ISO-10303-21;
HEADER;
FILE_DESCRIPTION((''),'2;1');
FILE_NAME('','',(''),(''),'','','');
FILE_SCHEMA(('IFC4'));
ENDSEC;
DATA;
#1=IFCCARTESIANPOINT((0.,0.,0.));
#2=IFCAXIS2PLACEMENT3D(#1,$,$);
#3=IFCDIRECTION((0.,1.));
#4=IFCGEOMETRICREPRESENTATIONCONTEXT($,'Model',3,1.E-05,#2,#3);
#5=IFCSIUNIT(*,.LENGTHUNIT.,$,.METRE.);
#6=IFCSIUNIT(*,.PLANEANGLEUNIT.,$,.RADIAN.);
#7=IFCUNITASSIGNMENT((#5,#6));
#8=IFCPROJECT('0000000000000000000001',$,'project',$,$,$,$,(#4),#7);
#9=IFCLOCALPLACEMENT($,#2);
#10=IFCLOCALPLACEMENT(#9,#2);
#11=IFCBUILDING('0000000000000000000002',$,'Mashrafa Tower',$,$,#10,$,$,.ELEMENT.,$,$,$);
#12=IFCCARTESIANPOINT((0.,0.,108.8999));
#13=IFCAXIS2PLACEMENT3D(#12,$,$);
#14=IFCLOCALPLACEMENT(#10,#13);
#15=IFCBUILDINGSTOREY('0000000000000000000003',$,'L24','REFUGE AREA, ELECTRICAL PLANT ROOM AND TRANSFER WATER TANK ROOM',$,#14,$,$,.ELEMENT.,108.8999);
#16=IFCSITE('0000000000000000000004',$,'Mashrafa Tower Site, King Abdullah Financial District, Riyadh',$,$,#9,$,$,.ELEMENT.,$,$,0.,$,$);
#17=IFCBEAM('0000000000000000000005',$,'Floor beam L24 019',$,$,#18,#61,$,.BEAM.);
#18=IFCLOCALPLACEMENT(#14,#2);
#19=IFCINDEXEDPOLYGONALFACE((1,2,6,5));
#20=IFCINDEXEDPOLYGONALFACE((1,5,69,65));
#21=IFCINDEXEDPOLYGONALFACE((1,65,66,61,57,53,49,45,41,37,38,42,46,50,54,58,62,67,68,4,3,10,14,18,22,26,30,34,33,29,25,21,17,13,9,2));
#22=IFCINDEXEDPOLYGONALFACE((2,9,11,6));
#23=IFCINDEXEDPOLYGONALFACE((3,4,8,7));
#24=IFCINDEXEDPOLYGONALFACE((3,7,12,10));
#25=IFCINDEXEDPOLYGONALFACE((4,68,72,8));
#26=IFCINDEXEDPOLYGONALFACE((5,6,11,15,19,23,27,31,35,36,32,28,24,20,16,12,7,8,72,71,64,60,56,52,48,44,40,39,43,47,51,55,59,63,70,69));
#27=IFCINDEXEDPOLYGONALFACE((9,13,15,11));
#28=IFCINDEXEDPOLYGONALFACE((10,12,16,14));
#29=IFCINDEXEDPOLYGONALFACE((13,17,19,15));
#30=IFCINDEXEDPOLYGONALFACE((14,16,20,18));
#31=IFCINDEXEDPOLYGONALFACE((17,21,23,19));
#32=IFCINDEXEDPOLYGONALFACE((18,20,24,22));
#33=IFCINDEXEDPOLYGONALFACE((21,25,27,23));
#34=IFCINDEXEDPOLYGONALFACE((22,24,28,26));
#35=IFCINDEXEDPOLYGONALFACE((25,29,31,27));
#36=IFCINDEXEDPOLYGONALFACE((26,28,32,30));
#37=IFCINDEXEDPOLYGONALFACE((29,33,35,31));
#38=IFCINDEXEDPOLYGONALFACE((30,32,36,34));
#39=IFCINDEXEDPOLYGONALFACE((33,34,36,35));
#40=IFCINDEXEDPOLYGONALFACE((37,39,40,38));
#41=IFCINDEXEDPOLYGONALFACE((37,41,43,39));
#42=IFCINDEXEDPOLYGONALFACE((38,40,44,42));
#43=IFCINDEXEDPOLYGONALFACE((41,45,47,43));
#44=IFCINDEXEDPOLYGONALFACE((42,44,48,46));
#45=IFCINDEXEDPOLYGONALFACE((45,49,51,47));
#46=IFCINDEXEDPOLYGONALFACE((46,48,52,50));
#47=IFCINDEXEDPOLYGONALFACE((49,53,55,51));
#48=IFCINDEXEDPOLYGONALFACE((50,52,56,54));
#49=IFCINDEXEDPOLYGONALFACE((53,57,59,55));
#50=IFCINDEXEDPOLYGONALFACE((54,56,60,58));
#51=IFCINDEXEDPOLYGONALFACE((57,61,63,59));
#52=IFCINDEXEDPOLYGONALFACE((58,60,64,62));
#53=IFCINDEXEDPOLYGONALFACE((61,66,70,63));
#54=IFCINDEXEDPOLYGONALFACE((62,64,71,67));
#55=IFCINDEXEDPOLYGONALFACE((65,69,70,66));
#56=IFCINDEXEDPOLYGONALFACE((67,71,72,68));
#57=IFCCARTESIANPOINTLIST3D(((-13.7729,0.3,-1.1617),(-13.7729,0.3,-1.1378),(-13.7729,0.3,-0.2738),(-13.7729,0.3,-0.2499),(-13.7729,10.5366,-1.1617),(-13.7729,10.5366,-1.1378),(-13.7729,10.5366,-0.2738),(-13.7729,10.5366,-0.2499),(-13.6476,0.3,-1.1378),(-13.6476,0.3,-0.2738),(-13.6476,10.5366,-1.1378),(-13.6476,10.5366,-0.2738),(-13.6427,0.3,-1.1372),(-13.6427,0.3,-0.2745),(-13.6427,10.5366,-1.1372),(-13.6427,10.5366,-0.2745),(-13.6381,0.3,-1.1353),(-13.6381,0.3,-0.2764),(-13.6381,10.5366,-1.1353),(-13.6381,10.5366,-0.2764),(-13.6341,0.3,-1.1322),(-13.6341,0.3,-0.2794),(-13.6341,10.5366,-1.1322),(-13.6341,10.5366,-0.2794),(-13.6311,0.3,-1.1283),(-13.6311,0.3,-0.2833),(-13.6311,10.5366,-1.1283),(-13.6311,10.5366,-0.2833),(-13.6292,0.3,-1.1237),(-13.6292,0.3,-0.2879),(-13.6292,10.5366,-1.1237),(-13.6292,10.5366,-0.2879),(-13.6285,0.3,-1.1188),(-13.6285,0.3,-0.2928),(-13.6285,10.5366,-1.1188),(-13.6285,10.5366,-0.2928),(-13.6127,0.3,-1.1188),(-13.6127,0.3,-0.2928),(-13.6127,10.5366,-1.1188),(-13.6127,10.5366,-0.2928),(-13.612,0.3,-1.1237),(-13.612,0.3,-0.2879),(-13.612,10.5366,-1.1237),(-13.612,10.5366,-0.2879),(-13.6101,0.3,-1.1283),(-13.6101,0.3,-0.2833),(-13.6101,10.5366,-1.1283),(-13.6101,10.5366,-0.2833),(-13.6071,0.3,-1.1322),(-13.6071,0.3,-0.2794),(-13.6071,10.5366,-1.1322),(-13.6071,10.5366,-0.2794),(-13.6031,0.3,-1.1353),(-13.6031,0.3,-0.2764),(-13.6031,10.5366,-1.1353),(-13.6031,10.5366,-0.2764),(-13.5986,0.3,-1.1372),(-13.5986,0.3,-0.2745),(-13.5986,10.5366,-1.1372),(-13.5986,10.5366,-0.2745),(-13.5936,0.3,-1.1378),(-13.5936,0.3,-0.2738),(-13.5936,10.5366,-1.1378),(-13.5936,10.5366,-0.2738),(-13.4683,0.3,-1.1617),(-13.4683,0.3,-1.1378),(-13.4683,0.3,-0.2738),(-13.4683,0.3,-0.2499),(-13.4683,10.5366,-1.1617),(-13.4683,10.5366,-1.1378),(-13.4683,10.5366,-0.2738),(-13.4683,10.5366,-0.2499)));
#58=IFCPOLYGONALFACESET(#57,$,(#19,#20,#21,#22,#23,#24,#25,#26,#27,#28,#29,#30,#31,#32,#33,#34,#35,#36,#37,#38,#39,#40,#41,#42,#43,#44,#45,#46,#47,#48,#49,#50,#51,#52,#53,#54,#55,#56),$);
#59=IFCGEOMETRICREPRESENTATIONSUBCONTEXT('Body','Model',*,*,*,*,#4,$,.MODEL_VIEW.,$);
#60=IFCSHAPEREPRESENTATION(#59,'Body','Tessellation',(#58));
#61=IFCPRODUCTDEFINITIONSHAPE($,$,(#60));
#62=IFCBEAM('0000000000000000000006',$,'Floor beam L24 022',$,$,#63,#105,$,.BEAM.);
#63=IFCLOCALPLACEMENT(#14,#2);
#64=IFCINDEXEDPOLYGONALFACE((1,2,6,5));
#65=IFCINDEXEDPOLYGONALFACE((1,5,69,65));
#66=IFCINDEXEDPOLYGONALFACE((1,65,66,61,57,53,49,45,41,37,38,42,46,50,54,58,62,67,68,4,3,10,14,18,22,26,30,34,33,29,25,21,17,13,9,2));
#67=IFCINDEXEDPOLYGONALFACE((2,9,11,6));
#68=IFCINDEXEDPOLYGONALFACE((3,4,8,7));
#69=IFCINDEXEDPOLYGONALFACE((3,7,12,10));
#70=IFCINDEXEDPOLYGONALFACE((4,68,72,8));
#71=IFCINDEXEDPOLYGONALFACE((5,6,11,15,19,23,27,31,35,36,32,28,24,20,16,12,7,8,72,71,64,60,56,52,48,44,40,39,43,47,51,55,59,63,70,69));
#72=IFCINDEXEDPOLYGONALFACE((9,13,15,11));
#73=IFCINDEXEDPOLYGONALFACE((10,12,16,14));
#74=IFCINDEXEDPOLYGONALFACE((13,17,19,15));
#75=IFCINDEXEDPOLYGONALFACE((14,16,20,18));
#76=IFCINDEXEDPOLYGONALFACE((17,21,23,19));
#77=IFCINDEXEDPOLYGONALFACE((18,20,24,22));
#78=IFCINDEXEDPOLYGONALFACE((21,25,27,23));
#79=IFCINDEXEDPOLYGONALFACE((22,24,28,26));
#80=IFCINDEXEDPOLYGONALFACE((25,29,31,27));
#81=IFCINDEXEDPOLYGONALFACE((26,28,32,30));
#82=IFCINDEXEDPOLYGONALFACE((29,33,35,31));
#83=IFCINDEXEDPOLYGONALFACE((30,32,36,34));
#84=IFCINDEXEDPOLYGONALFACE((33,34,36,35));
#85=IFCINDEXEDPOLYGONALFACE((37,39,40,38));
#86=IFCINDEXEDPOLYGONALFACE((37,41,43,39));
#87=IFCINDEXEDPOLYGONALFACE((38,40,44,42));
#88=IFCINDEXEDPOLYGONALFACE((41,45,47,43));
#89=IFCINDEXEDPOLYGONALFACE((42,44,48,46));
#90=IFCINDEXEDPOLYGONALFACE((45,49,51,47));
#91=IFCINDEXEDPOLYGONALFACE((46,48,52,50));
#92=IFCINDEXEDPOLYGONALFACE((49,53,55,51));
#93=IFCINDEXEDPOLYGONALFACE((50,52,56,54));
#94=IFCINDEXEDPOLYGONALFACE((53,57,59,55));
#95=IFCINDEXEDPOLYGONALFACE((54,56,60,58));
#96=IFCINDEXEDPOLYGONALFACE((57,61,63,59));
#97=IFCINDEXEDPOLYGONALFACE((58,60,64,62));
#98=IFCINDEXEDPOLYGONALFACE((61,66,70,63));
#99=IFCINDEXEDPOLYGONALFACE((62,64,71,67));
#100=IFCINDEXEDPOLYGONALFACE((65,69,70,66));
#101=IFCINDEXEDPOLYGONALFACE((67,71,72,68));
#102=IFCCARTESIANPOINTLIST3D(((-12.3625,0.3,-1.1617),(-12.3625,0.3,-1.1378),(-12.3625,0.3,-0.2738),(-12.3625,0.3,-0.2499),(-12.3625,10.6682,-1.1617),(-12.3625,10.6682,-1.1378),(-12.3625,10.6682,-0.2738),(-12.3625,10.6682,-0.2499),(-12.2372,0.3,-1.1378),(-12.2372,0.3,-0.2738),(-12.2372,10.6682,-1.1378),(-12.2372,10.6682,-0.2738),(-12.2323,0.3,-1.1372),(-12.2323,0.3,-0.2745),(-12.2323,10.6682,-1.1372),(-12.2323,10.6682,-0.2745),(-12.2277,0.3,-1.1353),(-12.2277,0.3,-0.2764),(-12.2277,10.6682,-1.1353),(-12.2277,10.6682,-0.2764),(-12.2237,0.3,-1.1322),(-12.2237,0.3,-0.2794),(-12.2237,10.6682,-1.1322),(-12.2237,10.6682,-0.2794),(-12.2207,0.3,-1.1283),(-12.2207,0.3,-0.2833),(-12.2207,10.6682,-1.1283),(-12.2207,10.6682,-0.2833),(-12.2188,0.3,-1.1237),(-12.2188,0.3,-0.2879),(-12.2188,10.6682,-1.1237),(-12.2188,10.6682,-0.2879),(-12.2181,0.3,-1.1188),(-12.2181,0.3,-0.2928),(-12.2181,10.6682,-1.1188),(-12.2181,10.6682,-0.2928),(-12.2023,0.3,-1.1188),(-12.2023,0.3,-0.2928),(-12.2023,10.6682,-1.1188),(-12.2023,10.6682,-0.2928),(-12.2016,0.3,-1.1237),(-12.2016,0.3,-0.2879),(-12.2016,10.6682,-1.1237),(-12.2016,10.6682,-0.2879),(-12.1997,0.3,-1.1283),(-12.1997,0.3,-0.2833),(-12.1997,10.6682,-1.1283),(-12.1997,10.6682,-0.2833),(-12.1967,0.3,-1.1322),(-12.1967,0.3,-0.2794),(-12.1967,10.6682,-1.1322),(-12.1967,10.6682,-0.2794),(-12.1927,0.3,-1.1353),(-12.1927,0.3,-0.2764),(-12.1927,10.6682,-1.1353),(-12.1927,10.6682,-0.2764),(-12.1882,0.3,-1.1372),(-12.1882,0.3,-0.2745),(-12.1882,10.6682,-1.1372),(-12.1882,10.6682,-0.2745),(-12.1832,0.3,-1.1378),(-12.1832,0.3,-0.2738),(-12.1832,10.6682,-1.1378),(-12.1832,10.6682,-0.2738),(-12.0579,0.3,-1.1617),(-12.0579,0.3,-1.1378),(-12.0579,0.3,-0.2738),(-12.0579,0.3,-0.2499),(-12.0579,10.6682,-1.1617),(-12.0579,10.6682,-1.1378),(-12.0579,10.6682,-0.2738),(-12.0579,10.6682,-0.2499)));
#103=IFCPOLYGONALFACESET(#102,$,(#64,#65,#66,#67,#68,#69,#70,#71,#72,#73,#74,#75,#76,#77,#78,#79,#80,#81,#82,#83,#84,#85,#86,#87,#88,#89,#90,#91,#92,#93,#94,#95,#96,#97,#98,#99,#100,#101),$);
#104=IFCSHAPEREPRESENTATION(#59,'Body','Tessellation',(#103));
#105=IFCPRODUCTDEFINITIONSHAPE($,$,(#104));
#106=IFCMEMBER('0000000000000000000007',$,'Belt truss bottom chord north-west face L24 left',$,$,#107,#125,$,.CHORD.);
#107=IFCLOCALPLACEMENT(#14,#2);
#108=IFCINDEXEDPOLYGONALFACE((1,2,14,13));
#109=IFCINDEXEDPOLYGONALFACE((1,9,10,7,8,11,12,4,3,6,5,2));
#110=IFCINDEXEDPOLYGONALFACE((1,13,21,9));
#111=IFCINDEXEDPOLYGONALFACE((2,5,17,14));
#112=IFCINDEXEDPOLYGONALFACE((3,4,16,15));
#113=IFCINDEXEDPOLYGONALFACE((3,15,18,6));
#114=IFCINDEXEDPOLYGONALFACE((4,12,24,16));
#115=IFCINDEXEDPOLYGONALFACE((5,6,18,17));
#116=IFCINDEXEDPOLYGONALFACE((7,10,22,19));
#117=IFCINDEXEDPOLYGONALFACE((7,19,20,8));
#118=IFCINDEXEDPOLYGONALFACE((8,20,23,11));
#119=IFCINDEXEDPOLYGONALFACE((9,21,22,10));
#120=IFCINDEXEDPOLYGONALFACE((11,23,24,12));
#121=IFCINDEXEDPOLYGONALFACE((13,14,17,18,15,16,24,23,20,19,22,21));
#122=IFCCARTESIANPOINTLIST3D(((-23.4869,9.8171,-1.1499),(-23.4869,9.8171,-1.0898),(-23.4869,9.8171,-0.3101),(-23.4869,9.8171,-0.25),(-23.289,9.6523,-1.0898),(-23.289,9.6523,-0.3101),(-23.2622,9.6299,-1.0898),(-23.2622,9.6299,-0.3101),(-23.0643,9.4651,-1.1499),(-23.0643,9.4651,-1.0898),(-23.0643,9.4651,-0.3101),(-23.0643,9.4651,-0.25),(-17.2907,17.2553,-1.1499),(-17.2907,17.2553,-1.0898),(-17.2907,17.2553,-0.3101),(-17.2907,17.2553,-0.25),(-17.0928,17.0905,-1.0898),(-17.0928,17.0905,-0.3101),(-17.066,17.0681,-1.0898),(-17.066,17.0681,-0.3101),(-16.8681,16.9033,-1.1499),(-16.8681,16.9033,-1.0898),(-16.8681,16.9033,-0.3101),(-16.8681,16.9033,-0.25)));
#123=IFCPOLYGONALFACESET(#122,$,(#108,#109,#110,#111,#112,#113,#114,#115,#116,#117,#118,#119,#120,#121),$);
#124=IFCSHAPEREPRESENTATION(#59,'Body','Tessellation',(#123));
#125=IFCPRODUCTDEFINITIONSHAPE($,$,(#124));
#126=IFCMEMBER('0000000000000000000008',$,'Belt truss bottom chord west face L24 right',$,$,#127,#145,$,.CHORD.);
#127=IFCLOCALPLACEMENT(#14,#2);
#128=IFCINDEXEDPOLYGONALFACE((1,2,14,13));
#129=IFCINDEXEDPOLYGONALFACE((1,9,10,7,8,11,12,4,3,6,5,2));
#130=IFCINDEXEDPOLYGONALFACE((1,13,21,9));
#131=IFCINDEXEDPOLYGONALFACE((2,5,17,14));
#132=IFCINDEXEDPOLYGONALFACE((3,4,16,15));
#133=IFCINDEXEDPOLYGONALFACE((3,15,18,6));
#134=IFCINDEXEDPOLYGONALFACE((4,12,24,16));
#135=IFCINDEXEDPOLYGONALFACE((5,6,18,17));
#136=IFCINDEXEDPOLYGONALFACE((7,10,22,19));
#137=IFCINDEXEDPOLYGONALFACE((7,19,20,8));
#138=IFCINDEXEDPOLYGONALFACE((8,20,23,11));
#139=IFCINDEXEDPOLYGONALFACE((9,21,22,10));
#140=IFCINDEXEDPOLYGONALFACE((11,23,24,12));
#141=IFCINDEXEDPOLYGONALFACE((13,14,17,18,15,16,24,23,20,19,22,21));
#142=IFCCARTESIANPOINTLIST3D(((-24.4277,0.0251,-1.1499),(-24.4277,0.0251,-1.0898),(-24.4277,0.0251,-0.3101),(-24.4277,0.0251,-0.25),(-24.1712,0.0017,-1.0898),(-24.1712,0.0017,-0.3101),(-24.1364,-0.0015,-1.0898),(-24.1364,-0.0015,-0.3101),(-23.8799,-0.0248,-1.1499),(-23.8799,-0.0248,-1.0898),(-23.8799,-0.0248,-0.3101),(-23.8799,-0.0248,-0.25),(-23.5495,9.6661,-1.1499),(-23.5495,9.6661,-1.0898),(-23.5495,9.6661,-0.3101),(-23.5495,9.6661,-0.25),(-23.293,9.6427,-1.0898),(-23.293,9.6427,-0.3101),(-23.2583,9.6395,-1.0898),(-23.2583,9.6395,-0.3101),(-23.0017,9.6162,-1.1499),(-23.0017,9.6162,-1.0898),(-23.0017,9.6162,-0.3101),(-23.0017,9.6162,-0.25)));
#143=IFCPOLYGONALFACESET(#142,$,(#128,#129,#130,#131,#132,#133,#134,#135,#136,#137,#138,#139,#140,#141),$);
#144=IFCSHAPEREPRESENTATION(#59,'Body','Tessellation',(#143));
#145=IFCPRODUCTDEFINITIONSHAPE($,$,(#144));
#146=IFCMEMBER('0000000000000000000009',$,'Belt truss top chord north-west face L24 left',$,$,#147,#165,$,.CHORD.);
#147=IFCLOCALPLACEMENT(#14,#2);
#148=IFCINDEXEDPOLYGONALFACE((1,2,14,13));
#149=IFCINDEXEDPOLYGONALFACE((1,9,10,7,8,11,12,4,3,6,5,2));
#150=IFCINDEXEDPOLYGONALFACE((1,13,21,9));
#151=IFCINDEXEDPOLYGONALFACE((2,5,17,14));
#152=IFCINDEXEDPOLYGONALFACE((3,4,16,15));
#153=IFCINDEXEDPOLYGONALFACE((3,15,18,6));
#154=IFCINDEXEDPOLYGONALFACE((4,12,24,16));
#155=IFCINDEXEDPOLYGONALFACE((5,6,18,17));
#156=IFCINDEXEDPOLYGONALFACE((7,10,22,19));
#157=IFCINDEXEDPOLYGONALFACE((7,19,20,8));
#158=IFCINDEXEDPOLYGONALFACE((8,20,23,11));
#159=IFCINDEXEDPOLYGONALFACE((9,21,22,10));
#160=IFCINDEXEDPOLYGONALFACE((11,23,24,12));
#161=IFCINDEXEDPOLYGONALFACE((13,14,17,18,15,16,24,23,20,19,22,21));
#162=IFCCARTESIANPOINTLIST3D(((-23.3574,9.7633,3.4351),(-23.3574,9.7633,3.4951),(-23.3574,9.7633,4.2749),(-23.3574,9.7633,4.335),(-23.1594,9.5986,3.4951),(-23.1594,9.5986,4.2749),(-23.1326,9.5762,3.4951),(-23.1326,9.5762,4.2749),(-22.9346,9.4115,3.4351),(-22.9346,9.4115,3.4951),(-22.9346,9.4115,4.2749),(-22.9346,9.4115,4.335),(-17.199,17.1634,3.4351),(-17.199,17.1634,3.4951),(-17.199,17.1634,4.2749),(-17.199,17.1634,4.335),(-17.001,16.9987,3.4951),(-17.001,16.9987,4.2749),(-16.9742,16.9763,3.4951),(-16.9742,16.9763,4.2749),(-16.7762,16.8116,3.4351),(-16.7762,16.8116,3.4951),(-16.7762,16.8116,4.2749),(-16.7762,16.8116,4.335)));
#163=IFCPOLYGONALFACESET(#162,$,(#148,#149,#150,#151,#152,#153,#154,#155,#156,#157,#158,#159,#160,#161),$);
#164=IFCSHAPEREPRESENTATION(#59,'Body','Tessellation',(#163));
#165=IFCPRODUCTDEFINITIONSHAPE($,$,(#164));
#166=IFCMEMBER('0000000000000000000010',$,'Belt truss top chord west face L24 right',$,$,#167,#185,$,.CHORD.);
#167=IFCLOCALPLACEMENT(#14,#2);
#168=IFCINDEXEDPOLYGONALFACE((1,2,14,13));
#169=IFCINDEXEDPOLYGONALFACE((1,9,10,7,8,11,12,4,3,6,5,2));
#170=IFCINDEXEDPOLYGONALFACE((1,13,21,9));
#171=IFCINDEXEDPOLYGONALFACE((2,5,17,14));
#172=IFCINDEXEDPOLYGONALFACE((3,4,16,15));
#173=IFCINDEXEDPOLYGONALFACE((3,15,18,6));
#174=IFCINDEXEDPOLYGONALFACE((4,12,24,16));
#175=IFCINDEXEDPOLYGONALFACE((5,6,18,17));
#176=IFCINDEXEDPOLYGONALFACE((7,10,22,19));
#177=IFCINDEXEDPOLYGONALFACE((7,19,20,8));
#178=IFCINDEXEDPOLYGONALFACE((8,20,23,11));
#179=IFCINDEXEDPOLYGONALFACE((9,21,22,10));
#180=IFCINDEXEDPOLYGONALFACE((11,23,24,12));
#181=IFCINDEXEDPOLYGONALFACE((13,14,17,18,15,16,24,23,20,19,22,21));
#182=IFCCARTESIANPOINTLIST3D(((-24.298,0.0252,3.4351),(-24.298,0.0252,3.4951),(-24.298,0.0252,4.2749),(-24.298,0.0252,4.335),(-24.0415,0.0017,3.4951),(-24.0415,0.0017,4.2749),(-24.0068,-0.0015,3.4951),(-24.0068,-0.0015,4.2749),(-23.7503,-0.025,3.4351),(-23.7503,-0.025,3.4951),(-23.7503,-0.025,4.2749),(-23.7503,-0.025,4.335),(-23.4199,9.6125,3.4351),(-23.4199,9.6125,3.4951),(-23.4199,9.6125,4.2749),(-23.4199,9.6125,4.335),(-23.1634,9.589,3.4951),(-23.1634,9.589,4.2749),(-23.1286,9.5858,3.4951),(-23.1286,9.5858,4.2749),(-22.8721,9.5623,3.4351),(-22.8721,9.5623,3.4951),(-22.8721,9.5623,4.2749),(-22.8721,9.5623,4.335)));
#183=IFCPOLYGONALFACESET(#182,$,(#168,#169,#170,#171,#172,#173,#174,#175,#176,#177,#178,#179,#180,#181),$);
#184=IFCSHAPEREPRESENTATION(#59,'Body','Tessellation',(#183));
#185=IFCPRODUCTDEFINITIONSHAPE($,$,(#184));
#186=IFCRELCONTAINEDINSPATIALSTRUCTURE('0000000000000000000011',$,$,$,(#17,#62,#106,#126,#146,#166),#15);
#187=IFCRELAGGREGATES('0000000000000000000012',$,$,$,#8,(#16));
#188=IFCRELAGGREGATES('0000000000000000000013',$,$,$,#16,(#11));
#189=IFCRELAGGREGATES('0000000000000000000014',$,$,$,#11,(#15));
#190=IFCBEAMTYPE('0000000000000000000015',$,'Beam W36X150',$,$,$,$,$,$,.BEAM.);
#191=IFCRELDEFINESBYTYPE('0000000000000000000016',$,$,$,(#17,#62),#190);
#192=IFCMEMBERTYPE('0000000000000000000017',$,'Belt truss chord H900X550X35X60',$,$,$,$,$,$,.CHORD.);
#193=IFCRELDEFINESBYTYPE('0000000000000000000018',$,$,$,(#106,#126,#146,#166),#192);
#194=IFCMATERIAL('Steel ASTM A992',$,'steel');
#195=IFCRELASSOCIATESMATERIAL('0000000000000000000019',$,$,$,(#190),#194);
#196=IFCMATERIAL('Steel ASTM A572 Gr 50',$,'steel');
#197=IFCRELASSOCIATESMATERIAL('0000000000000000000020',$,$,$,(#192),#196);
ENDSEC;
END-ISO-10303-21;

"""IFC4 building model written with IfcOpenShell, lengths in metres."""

from ifc_helpers import new_model, si_unit, direction, frame, origin, origin_2d, place, context, subcontext, project, spatial, i_section, extrude, source, transform, mapped, material, material_profile, profile_set, type_object, type_shapes, element, save


model = new_model("IFC4")

# Units and contexts
model_context = context("Model", 3, precision=1e-05, world=origin(), true_north=direction((0.0, 1.0)))
body_context = subcontext(model_context, "Body", "Model", "MODEL_VIEW")
ifc_project = project(units=[si_unit("LENGTHUNIT", "METRE"), si_unit("PLANEANGLEUNIT", "RADIAN")], contexts=[model_context])

# Site, building, storey
site_placement = place(None, origin())
site = spatial("IfcSite", under=ifc_project, at=site_placement, Name="Mashrafa Tower Site, King Abdullah Financial District, Riyadh", CompositionType="ELEMENT", RefElevation=0.0)
building_placement = place(site_placement, origin())
building = spatial("IfcBuilding", under=site, at=building_placement, Name="Mashrafa Tower", CompositionType="ELEMENT")
storey_placement = place(building_placement, frame((0.0, 0.0, 108.8999)))
storey = spatial("IfcBuildingStorey", under=building, at=storey_placement, Name="L24", Description="REFUGE AREA, ELECTRICAL PLANT ROOM AND TRANSFER WATER TANK ROOM", CompositionType="ELEMENT", Elevation=108.8999)

# Beams
ifc_material_1 = material(Name="Steel ASTM A992", Category="steel")
ifc_material_profile_1 = material_profile(ifc_material_1, i_section(OverallWidth=0.3047, OverallDepth=0.9119, WebThickness=0.0159, FlangeThickness=0.0239, FilletRadius=0.019, at=origin_2d()), Name="W36X150")
ifc_profile_set_1 = profile_set([ifc_material_profile_1], Name="Steel ASTM A992")
beam_type_1 = type_object("IfcBeamType", Name="Beam W36X150", PredefinedType="BEAM", material=ifc_profile_set_1)
beam_1_placement = place(storey_placement, frame((-13.6206, 0.3, -0.7058), z_axis=(0.0, 1.0, 0.0), x_axis=(-1.0, 0.0, 0.0)))
element("IfcBeam", 1, at=beam_1_placement, inside=storey, type_object=beam_type_1, Name="Floor beam L24 019", PredefinedType="BEAM", context=body_context, shape_type="SweptSolid", body=[
    extrude(i_section(OverallWidth=0.3047, OverallDepth=0.9119, WebThickness=0.0159, FlangeThickness=0.0239, FilletRadius=0.019, at=origin_2d()), origin(), (0.0, 0.0, 1.0), 10.2366),
])
beam_2_placement = place(storey_placement, frame((-12.2102, 0.3, -0.7058), z_axis=(0.0, 1.0, 0.0), x_axis=(-1.0, 0.0, 0.0)))
element("IfcBeam", 2, at=beam_2_placement, inside=storey, type_object=beam_type_1, Name="Floor beam L24 022", PredefinedType="BEAM", context=body_context, shape_type="SweptSolid", body=[
    extrude(i_section(OverallWidth=0.3047, OverallDepth=0.9119, WebThickness=0.0159, FlangeThickness=0.0239, FilletRadius=0.019, at=origin_2d()), origin(), (0.0, 0.0, 1.0), 10.3682),
])

# Members
ifc_material_2 = material(Name="Steel ASTM A572 Gr 50", Category="steel")
ifc_material_profile_2 = material_profile(ifc_material_2, i_section(OverallWidth=0.55, OverallDepth=0.8999, WebThickness=0.0349, FlangeThickness=0.0601, at=origin_2d()), Name="H900X550X35X60")
ifc_profile_set_2 = profile_set([ifc_material_profile_2], Name="Steel ASTM A572 Gr 50")
member_type_1 = type_object("IfcMemberType", Name="Belt truss chord H900X550X35X60", PredefinedType="CHORD", material=ifc_profile_set_2)
shared_shape_1 = source(origin(), body_context, "Body", "SweptSolid", [
    extrude(i_section(OverallWidth=0.55, OverallDepth=0.8999, WebThickness=0.0349, FlangeThickness=0.0601, at=origin_2d()), origin(), (0.0, 0.0, 1.0), 9.6809),
])
for number, where, z_axis, x_axis, name in (
    (3, (-23.2756, 9.6411, -0.7), (0.640048, 0.768335, 0.0), (-0.768335, 0.640048, 0.0), "Belt truss bottom chord north-west face L24 left"),
    (4, (-23.2756, 9.6411, -0.7), (-0.090711, -0.995877, 0.0), (0.995877, -0.090711, 0.0), "Belt truss bottom chord west face L24 right"),
):
    element("IfcMember", number, at=place(storey_placement, frame(where, z_axis=z_axis, x_axis=x_axis)), inside=storey, type_object=member_type_1, Name=name, PredefinedType="CHORD", context=body_context, shape_type="MappedRepresentation", body=[
        mapped(shared_shape_1, transform((0.0, 0.0, 0.0))),
    ])
shared_shape_2 = source(origin(), body_context, "Body", "SweptSolid", [
    extrude(i_section(OverallWidth=0.55, OverallDepth=0.8999, WebThickness=0.0349, FlangeThickness=0.0601, at=origin_2d()), origin(), (0.0, 0.0, 1.0), 9.6274),
])
type_shapes(member_type_1, [shared_shape_1, shared_shape_2])
for number, where, z_axis, x_axis, name in (
    (5, (-23.146, 9.5874, 3.885), (0.639673, 0.768647, 0.0), (-0.768647, 0.639673, 0.0), "Belt truss top chord north-west face L24 left"),
    (6, (-23.146, 9.5874, 3.885), (-0.091215, -0.995831, 0.0), (0.995831, -0.091215, 0.0), "Belt truss top chord west face L24 right"),
):
    element("IfcMember", number, at=place(storey_placement, frame(where, z_axis=z_axis, x_axis=x_axis)), inside=storey, type_object=member_type_1, Name=name, PredefinedType="CHORD", context=body_context, shape_type="MappedRepresentation", body=[
        mapped(shared_shape_2, transform((0.0, 0.0, 0.0))),
    ])

save(model, "model.ifc")
